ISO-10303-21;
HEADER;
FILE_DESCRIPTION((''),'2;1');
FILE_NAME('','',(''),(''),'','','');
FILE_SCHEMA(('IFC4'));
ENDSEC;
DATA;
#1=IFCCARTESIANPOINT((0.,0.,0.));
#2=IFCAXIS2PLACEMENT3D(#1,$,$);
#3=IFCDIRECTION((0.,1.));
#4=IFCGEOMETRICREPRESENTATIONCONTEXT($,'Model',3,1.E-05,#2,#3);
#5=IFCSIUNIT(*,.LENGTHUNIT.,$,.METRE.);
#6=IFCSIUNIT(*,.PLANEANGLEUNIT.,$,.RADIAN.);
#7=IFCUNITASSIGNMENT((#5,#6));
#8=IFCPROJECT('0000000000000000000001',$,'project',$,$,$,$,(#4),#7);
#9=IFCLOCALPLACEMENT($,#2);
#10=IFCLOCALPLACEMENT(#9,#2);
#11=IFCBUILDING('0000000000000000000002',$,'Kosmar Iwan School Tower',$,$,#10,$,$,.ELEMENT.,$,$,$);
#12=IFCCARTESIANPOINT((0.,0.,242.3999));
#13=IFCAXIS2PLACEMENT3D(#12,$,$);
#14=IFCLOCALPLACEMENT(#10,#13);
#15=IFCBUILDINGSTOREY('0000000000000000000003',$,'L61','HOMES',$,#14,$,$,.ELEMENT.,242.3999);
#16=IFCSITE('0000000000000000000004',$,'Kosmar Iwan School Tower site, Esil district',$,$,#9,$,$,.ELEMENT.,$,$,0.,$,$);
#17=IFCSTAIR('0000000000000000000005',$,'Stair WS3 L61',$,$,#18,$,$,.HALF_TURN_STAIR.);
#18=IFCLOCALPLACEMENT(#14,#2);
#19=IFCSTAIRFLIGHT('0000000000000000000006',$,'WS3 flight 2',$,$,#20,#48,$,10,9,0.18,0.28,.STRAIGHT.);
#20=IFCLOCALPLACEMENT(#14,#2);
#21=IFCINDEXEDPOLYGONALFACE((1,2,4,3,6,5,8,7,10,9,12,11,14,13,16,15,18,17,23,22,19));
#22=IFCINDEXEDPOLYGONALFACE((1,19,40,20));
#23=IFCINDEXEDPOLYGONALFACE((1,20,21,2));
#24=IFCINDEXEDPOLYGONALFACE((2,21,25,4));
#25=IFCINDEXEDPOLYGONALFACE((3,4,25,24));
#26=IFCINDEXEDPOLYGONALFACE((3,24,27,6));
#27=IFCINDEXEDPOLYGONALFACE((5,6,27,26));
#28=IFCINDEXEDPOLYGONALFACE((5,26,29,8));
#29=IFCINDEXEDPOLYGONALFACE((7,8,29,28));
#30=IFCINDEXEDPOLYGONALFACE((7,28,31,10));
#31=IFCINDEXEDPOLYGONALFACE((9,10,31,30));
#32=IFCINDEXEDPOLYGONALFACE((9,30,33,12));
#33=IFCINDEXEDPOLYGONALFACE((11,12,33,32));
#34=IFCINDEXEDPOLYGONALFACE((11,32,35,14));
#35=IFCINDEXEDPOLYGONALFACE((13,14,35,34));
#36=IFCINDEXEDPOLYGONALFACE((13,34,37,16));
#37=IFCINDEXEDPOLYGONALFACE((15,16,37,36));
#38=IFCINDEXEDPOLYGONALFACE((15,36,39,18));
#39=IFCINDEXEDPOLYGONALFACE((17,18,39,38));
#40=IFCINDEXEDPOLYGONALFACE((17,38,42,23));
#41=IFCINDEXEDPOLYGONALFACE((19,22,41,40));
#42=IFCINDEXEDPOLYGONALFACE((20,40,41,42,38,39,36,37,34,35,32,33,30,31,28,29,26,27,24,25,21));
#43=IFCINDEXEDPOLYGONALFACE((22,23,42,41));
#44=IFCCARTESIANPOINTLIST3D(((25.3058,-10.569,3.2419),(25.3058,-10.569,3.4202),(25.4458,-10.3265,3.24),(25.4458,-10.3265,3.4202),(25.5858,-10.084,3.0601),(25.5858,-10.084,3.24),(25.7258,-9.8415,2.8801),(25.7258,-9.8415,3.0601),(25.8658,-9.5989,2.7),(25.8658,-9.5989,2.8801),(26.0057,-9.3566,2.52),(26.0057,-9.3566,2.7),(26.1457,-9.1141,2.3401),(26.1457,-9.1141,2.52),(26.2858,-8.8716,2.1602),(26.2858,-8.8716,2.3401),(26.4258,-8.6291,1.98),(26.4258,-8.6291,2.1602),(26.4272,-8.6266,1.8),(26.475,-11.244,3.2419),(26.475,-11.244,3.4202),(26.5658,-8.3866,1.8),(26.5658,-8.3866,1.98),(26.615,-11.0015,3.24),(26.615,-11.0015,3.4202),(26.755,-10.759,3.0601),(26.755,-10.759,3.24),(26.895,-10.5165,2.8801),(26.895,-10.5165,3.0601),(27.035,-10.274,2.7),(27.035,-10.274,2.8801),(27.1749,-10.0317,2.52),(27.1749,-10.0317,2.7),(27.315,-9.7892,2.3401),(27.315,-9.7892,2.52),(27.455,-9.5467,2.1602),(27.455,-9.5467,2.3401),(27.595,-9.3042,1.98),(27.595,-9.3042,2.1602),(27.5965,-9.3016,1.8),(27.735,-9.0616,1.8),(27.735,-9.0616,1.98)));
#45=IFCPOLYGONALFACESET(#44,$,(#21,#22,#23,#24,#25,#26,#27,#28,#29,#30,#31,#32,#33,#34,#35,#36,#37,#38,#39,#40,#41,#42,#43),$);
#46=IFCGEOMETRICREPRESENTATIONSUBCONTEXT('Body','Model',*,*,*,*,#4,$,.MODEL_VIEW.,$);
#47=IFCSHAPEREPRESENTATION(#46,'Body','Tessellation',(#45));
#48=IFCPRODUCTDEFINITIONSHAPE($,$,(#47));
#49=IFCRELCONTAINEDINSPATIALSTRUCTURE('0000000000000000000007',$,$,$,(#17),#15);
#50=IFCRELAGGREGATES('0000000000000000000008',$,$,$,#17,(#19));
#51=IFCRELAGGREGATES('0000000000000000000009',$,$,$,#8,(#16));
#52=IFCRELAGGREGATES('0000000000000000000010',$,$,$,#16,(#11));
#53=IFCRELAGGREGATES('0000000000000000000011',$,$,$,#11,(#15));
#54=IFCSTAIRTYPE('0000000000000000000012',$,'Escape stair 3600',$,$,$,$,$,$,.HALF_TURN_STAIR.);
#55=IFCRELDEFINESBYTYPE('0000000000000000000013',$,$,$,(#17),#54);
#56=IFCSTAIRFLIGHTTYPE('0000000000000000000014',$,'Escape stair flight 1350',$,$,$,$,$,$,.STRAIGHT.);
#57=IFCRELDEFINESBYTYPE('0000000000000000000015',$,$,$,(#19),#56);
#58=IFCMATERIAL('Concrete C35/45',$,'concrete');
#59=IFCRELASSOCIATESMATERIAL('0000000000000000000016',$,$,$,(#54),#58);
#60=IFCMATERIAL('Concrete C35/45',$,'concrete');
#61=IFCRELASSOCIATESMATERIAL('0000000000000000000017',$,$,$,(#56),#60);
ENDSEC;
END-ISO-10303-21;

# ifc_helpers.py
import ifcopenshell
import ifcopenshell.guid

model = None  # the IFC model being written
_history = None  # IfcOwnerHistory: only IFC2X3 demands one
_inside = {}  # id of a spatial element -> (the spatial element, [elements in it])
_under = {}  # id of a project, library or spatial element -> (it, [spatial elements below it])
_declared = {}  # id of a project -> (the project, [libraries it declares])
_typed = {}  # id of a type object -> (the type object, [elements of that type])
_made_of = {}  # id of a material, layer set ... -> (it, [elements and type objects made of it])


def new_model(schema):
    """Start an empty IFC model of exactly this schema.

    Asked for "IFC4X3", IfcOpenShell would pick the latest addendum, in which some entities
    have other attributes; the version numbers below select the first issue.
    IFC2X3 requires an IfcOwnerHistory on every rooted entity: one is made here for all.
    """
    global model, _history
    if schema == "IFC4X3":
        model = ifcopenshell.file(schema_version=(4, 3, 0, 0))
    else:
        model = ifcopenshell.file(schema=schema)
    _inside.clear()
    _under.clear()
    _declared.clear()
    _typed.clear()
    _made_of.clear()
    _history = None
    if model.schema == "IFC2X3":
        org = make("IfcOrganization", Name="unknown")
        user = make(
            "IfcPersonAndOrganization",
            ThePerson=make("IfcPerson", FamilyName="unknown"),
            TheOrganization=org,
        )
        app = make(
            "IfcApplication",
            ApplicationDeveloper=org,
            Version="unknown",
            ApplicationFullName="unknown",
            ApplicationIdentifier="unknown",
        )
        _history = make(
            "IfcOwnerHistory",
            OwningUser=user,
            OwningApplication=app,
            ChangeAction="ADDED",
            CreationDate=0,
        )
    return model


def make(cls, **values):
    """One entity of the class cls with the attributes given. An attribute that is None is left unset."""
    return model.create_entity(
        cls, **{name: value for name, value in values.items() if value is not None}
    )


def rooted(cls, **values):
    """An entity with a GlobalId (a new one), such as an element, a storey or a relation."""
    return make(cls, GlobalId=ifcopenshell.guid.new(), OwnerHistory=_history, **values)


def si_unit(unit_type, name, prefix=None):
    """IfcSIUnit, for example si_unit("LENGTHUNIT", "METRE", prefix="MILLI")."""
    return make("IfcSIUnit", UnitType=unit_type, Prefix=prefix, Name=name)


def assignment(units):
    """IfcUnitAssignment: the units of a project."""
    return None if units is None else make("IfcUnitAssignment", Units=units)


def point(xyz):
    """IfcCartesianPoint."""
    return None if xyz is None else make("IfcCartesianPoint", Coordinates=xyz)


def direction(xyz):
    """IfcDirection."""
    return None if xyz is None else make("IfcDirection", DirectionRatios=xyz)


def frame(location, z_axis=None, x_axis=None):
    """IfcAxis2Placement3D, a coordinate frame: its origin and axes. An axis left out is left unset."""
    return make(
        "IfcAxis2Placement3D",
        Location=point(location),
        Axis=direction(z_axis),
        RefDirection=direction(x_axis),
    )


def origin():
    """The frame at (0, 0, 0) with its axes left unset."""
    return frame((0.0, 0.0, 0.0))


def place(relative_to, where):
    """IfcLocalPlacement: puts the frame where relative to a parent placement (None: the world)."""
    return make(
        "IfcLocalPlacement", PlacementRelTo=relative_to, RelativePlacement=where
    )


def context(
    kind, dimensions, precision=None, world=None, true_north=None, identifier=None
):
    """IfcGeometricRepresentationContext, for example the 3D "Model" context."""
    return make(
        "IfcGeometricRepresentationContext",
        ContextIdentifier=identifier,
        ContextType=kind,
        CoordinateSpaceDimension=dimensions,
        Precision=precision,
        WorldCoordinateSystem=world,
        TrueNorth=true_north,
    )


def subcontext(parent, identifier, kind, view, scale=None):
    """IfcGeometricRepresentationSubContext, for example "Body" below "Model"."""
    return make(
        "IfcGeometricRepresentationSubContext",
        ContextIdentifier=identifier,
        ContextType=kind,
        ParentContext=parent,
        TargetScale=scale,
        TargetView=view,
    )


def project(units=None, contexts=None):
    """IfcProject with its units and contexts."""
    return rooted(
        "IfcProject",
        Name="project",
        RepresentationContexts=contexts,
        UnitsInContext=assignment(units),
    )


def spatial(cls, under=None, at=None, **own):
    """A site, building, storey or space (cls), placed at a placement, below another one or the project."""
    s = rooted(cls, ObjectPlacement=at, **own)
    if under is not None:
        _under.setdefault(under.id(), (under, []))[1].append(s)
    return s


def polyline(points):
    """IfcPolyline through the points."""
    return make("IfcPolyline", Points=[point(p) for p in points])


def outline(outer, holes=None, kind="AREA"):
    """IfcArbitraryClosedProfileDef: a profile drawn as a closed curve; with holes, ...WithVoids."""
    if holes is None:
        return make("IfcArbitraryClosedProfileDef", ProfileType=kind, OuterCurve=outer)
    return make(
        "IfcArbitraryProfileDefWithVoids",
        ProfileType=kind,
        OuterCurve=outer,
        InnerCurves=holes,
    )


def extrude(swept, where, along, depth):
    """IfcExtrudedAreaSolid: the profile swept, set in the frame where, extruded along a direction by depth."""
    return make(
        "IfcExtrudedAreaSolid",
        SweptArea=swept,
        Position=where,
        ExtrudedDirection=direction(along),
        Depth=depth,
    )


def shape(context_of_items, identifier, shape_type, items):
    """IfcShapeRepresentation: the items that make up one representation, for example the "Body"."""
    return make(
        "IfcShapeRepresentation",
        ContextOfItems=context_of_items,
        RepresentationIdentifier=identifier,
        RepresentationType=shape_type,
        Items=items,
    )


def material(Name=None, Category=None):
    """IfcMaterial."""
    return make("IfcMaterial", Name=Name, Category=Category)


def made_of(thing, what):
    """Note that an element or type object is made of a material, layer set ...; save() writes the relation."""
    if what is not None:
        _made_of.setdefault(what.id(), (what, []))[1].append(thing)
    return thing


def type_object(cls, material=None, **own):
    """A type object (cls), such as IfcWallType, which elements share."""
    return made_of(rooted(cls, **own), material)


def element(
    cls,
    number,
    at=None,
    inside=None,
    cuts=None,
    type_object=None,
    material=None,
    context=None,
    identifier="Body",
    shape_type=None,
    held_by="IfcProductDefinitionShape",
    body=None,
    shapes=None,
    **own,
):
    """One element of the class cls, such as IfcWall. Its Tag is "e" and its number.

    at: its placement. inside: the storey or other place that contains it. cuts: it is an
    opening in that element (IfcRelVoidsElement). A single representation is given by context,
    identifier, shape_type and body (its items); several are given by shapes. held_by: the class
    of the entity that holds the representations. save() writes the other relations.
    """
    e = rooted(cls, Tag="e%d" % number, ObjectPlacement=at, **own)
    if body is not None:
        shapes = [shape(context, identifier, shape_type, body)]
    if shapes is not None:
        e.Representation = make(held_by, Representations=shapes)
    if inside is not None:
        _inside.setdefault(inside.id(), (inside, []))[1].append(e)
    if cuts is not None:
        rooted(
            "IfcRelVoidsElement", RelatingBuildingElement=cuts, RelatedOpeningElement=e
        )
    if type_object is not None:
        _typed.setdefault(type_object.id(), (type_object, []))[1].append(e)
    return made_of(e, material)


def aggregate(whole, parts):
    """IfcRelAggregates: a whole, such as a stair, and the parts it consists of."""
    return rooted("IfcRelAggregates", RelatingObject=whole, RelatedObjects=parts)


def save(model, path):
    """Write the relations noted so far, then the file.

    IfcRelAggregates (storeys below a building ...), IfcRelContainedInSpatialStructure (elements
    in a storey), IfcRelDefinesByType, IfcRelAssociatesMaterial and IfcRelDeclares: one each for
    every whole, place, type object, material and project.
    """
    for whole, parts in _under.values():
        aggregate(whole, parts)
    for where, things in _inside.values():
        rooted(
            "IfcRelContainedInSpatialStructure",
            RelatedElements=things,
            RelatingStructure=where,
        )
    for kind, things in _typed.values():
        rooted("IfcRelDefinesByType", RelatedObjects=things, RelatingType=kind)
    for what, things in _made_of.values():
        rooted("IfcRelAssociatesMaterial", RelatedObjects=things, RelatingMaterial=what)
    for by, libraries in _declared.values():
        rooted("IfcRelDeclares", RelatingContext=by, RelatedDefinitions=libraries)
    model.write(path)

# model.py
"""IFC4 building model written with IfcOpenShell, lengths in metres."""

from ifc_helpers import new_model, si_unit, direction, frame, origin, place, context, subcontext, project, spatial, polyline, outline, extrude, material, type_object, element, aggregate, save


model = new_model("IFC4")

# Units and contexts
model_context = context("Model", 3, precision=1e-05, world=origin(), true_north=direction((0.0, 1.0)))
body_context = subcontext(model_context, "Body", "Model", "MODEL_VIEW")
ifc_project = project(units=[si_unit("LENGTHUNIT", "METRE"), si_unit("PLANEANGLEUNIT", "RADIAN")], contexts=[model_context])

# Site, building, storey
site_placement = place(None, origin())
site = spatial("IfcSite", under=ifc_project, at=site_placement, Name="Kosmar Iwan School Tower site, Esil district", CompositionType="ELEMENT", RefElevation=0.0)
building_placement = place(site_placement, origin())
building = spatial("IfcBuilding", under=site, at=building_placement, Name="Kosmar Iwan School Tower", CompositionType="ELEMENT")
storey_placement = place(building_placement, frame((0.0, 0.0, 242.3999)))
storey = spatial("IfcBuildingStorey", under=building, at=storey_placement, Name="L61", Description="HOMES", CompositionType="ELEMENT", Elevation=242.3999)

# Stair, stair flight
ifc_material_1 = material(Name="Concrete C35/45", Category="concrete")
stair_type = type_object("IfcStairType", Name="Escape stair 3600", PredefinedType="HALF_TURN_STAIR", material=ifc_material_1)
stair_placement = place(storey_placement, origin())
stair = element("IfcStair", 1, at=stair_placement, inside=storey, type_object=stair_type, Name="Stair WS3 L61", PredefinedType="HALF_TURN_STAIR")
ifc_material_2 = material(Name="Concrete C35/45", Category="concrete")
stair_flight_type = type_object("IfcStairFlightType", Name="Escape stair flight 1350", PredefinedType="STRAIGHT", material=ifc_material_2)
stair_flight_1_placement = place(storey_placement, frame((27.1504, -8.7241, 1.8), z_axis=(0.0, 0.0, 1.0), x_axis=(-0.5, -0.866025, 0.0)))
stair_flight_1 = element("IfcStairFlight", 2, at=stair_flight_1_placement, type_object=stair_flight_type, Name="WS3 flight 2", NumberOfRisers=10, NumberOfTreads=9, PredefinedType="STRAIGHT", RiserHeight=0.18, TreadLength=0.28, context=body_context, shape_type="SweptSolid", body=[
    extrude(outline(polyline([(0.0, 0.0), (0.0, 0.1799), (0.28, 0.1799), (0.28, 0.3601), (0.5601, 0.3601), (0.5601, 0.54), (0.8401, 0.54), (0.8401, 0.72), (1.1201, 0.72), (1.1201, 0.8999), (1.3999, 0.8999), (1.3999, 1.0801), (1.6799, 1.0801), (1.6799, 1.26), (1.96, 1.26), (1.96, 1.4399), (2.24, 1.4399), (2.24, 1.6201), (2.52, 1.6201), (2.52, 1.8), (2.52, 1.4419), (0.2771, 0.0), (0.0, 0.0)])), frame((0.0, 0.675, 0.0), z_axis=(0.0, -1.0, 0.0), x_axis=(1.0, 0.0, 0.0)), (0.0, 0.0, 1.0), 1.3501),
])
aggregate(stair, [stair_flight_1])

save(model, "model.ifc")
